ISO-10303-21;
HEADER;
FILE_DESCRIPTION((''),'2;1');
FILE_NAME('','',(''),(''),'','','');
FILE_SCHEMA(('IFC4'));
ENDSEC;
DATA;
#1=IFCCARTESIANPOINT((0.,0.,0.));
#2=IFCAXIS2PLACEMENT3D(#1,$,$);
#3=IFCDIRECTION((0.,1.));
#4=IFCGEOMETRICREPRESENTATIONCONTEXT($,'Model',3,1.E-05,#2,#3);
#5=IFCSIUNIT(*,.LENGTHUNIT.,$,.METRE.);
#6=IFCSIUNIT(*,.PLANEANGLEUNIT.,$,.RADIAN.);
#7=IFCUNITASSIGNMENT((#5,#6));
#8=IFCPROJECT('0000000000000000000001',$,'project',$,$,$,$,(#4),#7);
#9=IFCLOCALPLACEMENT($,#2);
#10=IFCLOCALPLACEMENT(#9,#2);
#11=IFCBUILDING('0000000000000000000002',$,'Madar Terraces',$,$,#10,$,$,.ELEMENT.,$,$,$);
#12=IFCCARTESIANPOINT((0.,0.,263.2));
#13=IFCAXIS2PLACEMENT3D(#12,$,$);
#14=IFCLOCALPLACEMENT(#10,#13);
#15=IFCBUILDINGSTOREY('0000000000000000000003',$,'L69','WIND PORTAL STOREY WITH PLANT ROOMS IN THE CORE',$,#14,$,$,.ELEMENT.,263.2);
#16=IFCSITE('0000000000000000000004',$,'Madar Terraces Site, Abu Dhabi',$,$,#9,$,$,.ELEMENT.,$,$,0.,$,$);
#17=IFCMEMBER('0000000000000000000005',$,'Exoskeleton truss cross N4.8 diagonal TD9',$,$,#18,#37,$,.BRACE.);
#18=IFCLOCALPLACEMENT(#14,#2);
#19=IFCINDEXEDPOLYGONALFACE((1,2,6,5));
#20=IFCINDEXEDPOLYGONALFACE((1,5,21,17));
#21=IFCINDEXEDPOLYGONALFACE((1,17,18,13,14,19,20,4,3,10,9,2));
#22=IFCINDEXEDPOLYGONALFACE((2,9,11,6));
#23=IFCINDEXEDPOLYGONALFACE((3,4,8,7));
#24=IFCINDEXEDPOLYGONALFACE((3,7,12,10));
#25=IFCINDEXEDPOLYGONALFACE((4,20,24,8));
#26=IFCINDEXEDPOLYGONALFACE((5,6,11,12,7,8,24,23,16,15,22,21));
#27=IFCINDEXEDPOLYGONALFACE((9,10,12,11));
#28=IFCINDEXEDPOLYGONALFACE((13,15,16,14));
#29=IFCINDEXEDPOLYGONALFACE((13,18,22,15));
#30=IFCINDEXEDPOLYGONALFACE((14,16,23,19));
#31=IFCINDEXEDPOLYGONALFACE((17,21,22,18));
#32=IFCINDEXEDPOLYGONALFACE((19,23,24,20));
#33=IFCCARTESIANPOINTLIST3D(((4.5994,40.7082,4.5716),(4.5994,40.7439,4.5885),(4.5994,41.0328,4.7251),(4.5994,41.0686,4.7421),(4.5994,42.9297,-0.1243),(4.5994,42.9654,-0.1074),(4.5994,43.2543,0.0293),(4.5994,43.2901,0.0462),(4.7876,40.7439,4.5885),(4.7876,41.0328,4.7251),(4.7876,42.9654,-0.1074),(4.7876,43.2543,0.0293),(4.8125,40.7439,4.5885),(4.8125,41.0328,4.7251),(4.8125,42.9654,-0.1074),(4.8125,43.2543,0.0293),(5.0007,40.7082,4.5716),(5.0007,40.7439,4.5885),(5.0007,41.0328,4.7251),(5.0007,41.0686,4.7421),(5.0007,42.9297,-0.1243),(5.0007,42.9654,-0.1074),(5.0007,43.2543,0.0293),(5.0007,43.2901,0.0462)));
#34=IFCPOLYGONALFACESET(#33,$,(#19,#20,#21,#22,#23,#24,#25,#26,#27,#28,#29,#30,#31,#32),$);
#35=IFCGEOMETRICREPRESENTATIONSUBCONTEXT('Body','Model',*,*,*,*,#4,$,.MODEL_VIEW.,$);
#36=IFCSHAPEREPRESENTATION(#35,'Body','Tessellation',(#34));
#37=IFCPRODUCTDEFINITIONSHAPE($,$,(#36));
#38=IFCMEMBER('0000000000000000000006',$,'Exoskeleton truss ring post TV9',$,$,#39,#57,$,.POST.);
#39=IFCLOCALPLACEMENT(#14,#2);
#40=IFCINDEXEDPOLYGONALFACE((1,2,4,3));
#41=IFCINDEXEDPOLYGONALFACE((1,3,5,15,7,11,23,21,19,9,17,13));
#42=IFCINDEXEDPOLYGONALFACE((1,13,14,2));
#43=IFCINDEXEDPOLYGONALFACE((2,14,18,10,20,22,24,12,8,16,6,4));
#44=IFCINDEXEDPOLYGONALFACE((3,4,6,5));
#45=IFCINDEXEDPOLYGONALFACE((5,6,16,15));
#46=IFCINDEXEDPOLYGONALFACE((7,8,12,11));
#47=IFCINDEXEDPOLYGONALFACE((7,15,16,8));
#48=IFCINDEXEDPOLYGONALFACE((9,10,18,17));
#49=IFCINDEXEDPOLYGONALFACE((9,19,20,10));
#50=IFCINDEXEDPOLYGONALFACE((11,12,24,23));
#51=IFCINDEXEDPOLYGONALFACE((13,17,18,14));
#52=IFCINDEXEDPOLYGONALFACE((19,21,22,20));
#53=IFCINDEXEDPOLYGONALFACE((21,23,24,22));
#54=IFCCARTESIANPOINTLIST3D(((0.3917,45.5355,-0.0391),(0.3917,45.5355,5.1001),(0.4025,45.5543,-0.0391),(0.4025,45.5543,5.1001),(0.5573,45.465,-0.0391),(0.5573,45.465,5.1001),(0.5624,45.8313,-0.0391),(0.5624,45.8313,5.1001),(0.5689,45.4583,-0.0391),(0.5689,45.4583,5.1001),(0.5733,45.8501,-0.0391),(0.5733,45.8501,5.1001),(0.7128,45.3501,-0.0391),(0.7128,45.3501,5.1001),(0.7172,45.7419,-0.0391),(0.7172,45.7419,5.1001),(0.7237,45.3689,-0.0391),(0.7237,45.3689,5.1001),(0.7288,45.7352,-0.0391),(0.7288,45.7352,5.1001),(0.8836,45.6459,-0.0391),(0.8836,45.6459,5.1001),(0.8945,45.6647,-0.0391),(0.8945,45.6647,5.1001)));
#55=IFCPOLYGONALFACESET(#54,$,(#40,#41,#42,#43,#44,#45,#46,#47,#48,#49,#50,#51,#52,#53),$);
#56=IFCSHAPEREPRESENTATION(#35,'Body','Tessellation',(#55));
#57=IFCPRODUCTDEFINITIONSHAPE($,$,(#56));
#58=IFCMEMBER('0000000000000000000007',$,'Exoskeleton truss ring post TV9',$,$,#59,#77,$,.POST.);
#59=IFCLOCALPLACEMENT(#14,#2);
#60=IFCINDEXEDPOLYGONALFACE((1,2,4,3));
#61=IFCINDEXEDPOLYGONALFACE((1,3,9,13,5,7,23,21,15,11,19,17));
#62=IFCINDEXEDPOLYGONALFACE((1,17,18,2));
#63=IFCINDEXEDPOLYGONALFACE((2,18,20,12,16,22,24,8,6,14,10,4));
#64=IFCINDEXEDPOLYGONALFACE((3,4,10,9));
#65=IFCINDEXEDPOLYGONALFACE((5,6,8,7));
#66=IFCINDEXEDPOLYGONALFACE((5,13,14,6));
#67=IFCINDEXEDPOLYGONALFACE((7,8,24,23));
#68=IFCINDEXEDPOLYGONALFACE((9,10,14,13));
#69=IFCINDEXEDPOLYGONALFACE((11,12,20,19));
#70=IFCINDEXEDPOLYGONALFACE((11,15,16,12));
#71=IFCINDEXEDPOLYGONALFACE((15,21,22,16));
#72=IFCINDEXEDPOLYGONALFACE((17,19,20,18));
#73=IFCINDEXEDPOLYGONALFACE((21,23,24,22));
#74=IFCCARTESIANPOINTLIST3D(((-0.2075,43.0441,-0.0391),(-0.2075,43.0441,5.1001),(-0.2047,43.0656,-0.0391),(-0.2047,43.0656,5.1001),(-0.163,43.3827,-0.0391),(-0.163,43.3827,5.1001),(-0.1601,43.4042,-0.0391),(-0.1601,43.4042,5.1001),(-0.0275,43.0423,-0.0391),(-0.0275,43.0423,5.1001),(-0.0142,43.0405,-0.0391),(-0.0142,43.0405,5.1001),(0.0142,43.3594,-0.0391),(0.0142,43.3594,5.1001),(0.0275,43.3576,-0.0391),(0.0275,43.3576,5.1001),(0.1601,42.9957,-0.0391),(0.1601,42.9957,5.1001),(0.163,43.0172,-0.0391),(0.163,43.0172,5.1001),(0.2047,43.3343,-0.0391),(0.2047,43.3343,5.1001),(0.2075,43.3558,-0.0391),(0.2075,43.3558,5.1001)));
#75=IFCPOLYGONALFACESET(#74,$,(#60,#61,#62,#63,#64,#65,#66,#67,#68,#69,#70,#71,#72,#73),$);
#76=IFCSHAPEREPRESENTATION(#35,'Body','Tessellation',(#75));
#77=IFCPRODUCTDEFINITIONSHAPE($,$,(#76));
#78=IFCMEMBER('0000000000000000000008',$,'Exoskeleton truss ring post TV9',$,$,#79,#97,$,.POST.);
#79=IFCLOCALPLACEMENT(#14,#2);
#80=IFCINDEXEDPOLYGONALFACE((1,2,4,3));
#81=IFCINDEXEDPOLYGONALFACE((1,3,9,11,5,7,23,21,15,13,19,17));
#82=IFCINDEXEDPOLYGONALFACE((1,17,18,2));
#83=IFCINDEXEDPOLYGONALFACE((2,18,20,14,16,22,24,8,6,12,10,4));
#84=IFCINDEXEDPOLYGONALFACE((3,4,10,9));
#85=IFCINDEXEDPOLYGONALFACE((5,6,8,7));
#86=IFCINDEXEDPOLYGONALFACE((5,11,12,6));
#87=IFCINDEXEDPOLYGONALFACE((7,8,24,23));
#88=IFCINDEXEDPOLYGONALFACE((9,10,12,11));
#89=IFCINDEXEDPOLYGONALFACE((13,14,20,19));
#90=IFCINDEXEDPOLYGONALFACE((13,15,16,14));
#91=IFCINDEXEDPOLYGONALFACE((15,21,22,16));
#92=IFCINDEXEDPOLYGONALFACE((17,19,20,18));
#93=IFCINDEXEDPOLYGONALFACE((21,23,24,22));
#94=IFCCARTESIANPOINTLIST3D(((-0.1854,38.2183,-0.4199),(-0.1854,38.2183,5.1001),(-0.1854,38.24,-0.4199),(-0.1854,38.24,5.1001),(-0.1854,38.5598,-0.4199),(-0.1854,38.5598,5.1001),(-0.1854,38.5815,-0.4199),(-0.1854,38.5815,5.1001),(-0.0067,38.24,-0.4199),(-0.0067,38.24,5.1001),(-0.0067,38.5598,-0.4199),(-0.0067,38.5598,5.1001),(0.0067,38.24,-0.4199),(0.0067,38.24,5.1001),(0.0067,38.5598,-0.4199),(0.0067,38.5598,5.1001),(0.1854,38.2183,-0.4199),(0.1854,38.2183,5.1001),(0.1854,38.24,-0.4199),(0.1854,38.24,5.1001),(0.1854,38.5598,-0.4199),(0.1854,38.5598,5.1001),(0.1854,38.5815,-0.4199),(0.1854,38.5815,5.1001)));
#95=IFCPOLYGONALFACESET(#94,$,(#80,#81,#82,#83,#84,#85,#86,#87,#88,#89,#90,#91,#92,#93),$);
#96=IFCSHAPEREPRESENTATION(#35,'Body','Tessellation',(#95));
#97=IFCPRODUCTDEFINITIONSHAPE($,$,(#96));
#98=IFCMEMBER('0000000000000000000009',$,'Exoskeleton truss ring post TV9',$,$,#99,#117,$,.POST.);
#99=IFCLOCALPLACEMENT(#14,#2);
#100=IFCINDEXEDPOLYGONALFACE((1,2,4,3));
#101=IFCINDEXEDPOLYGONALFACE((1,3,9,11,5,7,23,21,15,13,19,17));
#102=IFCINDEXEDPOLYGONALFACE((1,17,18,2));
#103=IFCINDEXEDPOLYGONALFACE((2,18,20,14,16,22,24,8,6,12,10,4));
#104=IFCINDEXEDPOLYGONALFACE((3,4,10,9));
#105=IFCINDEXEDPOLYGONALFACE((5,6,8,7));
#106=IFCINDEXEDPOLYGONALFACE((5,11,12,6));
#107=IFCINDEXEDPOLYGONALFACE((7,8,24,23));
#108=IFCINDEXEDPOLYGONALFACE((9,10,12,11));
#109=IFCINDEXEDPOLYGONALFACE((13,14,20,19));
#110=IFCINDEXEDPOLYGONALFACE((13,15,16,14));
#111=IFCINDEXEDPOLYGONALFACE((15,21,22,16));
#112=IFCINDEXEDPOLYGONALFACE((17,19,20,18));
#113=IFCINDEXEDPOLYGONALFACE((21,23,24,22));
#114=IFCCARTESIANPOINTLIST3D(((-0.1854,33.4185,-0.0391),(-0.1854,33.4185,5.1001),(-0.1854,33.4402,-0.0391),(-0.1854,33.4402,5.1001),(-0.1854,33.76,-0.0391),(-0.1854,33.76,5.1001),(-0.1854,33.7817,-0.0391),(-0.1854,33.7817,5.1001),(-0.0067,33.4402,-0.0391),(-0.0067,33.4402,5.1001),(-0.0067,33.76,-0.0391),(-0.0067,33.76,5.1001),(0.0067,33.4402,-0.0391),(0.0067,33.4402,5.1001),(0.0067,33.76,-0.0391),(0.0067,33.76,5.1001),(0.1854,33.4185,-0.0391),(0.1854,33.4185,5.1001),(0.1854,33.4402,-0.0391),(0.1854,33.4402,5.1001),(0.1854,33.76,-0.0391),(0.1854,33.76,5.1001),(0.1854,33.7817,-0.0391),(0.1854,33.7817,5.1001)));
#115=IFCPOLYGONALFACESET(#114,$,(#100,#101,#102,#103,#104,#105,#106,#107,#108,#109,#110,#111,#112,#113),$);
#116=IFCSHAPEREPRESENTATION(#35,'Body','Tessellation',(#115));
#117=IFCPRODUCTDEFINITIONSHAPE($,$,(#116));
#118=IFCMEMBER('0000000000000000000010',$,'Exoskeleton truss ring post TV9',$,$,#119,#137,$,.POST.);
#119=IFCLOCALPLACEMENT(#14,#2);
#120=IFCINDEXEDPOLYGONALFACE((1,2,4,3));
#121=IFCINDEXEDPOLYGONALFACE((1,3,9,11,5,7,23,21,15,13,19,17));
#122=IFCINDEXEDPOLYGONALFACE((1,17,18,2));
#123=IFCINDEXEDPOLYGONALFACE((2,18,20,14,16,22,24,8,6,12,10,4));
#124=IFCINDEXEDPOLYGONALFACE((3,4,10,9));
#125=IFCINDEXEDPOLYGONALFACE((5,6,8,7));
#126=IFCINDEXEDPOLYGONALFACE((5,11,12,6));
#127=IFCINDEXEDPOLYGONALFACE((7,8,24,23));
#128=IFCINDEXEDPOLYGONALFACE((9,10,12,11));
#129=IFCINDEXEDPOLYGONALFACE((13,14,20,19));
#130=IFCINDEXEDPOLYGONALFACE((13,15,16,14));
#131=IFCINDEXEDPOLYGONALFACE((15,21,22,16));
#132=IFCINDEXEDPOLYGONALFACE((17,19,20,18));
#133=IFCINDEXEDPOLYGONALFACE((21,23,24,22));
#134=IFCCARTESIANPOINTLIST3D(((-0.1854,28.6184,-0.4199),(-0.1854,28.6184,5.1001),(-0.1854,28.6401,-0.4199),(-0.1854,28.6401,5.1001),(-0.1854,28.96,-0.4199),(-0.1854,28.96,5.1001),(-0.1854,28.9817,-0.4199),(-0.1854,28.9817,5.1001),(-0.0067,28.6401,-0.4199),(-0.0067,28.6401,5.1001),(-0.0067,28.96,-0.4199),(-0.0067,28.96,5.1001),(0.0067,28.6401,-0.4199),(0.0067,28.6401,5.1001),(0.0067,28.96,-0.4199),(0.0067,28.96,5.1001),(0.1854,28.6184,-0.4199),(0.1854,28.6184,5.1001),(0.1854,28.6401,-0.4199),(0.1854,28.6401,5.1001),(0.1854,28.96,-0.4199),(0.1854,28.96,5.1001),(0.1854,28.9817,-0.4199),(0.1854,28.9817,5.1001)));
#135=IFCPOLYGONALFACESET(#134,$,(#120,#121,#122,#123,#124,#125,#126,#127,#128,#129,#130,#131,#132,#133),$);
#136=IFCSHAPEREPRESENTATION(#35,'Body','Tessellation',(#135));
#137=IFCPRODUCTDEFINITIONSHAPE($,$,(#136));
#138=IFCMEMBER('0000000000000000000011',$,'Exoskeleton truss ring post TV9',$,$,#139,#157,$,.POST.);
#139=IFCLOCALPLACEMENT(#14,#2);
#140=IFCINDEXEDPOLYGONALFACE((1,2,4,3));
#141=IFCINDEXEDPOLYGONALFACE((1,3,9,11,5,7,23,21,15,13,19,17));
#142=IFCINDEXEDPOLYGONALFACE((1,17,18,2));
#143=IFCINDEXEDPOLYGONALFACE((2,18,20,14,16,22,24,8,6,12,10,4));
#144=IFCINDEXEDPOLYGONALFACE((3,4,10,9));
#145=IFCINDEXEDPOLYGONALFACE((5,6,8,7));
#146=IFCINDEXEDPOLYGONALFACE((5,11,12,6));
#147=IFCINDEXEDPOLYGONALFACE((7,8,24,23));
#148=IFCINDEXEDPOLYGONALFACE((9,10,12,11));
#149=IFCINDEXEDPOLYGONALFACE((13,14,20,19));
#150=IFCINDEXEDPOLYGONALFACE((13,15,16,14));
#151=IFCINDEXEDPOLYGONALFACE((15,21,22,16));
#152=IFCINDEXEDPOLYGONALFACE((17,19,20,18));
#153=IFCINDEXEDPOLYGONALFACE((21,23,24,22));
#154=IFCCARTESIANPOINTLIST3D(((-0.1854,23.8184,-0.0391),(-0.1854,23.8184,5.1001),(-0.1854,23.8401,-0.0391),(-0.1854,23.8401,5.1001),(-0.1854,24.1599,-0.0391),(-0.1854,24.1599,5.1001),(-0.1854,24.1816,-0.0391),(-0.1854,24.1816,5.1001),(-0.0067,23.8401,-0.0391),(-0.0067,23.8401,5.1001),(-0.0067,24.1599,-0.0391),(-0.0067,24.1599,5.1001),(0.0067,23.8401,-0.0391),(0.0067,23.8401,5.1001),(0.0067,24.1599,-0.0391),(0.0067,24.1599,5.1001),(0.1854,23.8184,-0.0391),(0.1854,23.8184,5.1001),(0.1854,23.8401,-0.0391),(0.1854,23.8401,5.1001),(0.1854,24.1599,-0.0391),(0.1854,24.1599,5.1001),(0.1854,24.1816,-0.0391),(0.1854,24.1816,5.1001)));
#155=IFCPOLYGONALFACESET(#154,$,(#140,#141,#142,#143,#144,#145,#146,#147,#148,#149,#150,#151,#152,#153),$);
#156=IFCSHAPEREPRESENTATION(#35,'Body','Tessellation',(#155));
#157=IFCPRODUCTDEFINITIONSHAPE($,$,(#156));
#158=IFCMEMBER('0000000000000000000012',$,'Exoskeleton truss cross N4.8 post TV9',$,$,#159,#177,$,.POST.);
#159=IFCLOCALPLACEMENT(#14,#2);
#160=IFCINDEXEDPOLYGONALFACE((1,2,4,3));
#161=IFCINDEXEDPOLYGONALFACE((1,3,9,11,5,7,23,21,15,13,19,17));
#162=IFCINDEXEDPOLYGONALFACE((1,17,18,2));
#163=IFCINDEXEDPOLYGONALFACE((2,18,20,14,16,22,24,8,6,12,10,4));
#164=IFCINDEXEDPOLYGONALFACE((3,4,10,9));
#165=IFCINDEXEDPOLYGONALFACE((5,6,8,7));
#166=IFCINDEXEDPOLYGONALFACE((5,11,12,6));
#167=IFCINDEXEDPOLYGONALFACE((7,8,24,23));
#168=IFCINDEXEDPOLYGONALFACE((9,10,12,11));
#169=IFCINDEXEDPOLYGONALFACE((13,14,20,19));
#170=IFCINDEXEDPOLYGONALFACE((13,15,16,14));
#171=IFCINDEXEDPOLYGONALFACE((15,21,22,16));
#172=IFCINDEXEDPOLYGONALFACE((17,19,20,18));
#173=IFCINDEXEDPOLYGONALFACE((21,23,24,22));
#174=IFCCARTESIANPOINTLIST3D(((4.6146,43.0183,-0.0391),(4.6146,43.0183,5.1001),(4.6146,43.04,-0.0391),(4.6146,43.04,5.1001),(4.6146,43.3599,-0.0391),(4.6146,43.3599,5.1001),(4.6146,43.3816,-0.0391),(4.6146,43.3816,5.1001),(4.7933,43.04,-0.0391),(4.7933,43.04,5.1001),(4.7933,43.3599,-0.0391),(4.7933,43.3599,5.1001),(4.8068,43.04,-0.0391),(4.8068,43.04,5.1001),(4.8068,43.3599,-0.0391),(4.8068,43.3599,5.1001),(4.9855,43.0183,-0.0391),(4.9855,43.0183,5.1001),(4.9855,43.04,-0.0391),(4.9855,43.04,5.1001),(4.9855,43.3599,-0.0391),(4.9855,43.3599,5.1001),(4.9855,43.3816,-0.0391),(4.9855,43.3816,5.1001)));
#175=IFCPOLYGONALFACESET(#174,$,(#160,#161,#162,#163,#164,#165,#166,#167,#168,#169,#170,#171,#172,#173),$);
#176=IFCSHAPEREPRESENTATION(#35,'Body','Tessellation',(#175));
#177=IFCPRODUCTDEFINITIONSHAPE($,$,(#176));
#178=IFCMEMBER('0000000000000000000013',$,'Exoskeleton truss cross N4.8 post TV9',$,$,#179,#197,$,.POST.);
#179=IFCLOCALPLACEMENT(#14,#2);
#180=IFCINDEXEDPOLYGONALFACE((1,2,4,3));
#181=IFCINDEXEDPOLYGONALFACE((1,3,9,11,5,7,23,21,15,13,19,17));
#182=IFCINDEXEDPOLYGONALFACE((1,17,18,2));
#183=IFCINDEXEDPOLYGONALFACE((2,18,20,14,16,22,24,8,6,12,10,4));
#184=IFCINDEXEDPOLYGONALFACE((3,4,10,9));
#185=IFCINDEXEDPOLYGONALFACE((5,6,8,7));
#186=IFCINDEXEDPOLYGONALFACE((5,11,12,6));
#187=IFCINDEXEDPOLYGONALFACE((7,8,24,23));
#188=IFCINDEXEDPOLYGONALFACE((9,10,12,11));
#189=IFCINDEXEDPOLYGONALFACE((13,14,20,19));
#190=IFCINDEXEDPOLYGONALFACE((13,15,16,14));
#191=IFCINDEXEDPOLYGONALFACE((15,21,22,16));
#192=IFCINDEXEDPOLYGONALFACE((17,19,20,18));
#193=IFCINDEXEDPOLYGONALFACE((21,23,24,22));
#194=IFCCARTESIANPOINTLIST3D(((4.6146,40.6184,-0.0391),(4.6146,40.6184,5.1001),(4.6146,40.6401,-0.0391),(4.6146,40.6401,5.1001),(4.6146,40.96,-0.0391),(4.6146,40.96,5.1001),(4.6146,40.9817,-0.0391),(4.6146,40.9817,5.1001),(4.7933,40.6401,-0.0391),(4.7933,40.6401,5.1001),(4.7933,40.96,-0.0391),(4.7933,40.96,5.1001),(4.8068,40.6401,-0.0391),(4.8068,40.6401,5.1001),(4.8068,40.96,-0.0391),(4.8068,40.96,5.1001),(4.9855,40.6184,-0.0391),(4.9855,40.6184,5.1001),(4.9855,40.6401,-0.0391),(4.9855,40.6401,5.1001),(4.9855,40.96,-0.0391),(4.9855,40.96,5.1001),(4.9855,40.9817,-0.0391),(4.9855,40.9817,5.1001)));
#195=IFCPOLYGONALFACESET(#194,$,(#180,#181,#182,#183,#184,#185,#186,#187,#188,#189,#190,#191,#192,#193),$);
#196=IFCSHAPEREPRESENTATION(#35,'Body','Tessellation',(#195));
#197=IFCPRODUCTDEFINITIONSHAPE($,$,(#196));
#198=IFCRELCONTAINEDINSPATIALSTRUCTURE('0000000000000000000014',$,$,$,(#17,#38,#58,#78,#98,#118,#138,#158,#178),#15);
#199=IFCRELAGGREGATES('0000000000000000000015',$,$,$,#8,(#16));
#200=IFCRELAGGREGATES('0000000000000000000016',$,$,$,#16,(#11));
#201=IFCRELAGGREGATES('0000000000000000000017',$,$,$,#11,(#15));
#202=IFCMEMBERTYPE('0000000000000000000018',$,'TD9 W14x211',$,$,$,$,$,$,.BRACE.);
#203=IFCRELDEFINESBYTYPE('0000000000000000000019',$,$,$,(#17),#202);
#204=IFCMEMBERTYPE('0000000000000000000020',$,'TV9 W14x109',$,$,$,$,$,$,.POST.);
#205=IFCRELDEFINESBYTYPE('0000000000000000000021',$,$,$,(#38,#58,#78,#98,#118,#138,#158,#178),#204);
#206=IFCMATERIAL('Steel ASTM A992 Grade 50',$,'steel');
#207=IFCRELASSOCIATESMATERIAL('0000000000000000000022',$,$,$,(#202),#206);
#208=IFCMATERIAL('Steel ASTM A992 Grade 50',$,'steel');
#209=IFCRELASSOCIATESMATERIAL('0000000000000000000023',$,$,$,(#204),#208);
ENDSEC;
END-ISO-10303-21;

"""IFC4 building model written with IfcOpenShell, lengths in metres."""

from ifc_helpers import new_model, si_unit, direction, frame, origin, origin_2d, place, context, subcontext, project, spatial, i_section, extrude, material, material_profile, profile_set, type_object, element, save


model = new_model("IFC4")

# Units and contexts
model_context = context("Model", 3, precision=1e-05, world=origin(), true_north=direction((0.0, 1.0)))
body_context = subcontext(model_context, "Body", "Model", "MODEL_VIEW")
ifc_project = project(units=[si_unit("LENGTHUNIT", "METRE"), si_unit("PLANEANGLEUNIT", "RADIAN")], contexts=[model_context])

# Site, building, storey
site_placement = place(None, origin())
site = spatial("IfcSite", under=ifc_project, at=site_placement, Name="Madar Terraces Site, Abu Dhabi", CompositionType="ELEMENT", RefElevation=0.0)
building_placement = place(site_placement, origin())
building = spatial("IfcBuilding", under=site, at=building_placement, Name="Madar Terraces", CompositionType="ELEMENT")
storey_placement = place(building_placement, frame((0.0, 0.0, 263.2)))
storey = spatial("IfcBuildingStorey", under=building, at=storey_placement, Name="L69", Description="WIND PORTAL STOREY WITH PLANT ROOMS IN THE CORE", CompositionType="ELEMENT", Elevation=263.2)

# Members
ifc_material_1 = material(Name="Steel ASTM A992 Grade 50", Category="steel")
ifc_material_profile_1 = material_profile(ifc_material_1, i_section(OverallWidth=0.4014, OverallDepth=0.3987, WebThickness=0.0249, FlangeThickness=0.0396, at=origin_2d()), Name="W14x211")
ifc_profile_set_1 = profile_set([ifc_material_profile_1], Name="Steel ASTM A992 Grade 50")
member_type_1 = type_object("IfcMemberType", Name="TD9 W14x211", PredefinedType="BRACE", material=ifc_profile_set_1)
member_1_placement = place(storey_placement, frame((4.8, 43.1099, -0.0391), z_axis=(0.0, -0.427632, 0.903953), x_axis=(1.0, 0.0, 0.0)))
element("IfcMember", 1, at=member_1_placement, inside=storey, type_object=member_type_1, Name="Exoskeleton truss cross N4.8 diagonal TD9", PredefinedType="BRACE", context=body_context, shape_type="SweptSolid", body=[
    extrude(i_section(OverallWidth=0.4014, OverallDepth=0.3987, WebThickness=0.0249, FlangeThickness=0.0396, at=origin_2d()), origin(), (0.0, 0.0, 1.0), 5.1948),
])
ifc_material_2 = material(Name="Steel ASTM A992 Grade 50", Category="steel")
ifc_material_profile_2 = material_profile(ifc_material_2, i_section(OverallWidth=0.3708, OverallDepth=0.3633, WebThickness=0.0134, FlangeThickness=0.0217, at=origin_2d()), Name="W14x109")
ifc_profile_set_2 = profile_set([ifc_material_profile_2], Name="Steel ASTM A992 Grade 50")
member_type_2 = type_object("IfcMemberType", Name="TV9 W14x109", PredefinedType="POST", material=ifc_profile_set_2)
for number, where, z_axis, x_axis, name in (
    (2, (0.6431, 45.6001, -0.0391), (0.0, 0.0, 1.0), (0.866025, -0.5, 0.0), "Exoskeleton truss ring post TV9"),
    (3, (0.0, 43.2, -0.0391), (0.0, 0.0, 1.0), (0.991445, -0.130526, 0.0), "Exoskeleton truss ring post TV9"),
):
    element("IfcMember", number, at=place(storey_placement, frame(where, z_axis=z_axis, x_axis=x_axis)), inside=storey, type_object=member_type_2, Name=name, PredefinedType="POST", context=body_context, shape_type="SweptSolid", body=[
        extrude(i_section(OverallWidth=0.3708, OverallDepth=0.3633, WebThickness=0.0134, FlangeThickness=0.0217, at=origin_2d()), origin(), (0.0, 0.0, 1.0), 5.1392),
    ])
member_2_placement = place(storey_placement, frame((0.0, 38.3999, -0.4199), z_axis=(0.0, 0.0, 1.0), x_axis=(1.0, 0.0, 0.0)))
element("IfcMember", 4, at=member_2_placement, inside=storey, type_object=member_type_2, Name="Exoskeleton truss ring post TV9", PredefinedType="POST", context=body_context, shape_type="SweptSolid", body=[
    extrude(i_section(OverallWidth=0.3708, OverallDepth=0.3633, WebThickness=0.0134, FlangeThickness=0.0217, at=origin_2d()), origin(), (0.0, 0.0, 1.0), 5.52),
])
member_3_placement = place(storey_placement, frame((0.0, 33.6001, -0.0391), z_axis=(0.0, 0.0, 1.0), x_axis=(1.0, 0.0, 0.0)))
element("IfcMember", 5, at=member_3_placement, inside=storey, type_object=member_type_2, Name="Exoskeleton truss ring post TV9", PredefinedType="POST", context=body_context, shape_type="SweptSolid", body=[
    extrude(i_section(OverallWidth=0.3708, OverallDepth=0.3633, WebThickness=0.0134, FlangeThickness=0.0217, at=origin_2d()), origin(), (0.0, 0.0, 1.0), 5.1392),
])
member_4_placement = place(storey_placement, frame((0.0, 28.8, -0.4199), z_axis=(0.0, 0.0, 1.0), x_axis=(1.0, 0.0, 0.0)))
element("IfcMember", 6, at=member_4_placement, inside=storey, type_object=member_type_2, Name="Exoskeleton truss ring post TV9", PredefinedType="POST", context=body_context, shape_type="SweptSolid", body=[
    extrude(i_section(OverallWidth=0.3708, OverallDepth=0.3633, WebThickness=0.0134, FlangeThickness=0.0217, at=origin_2d()), origin(), (0.0, 0.0, 1.0), 5.52),
])
for number, where, z_axis, x_axis, name in (
    (7, (0.0, 24.0, -0.0391), (0.0, 0.0, 1.0), (1.0, 0.0, 0.0), "Exoskeleton truss ring post TV9"),
    (8, (4.8, 43.2, -0.0391), (0.0, 0.0, 1.0), (-1.0, 0.0, 0.0), "Exoskeleton truss cross N4.8 post TV9"),
    (9, (4.8, 40.8, -0.0391), (0.0, 0.0, 1.0), (-1.0, 0.0, 0.0), "Exoskeleton truss cross N4.8 post TV9"),
):
    element("IfcMember", number, at=place(storey_placement, frame(where, z_axis=z_axis, x_axis=x_axis)), inside=storey, type_object=member_type_2, Name=name, PredefinedType="POST", context=body_context, shape_type="SweptSolid", body=[
        extrude(i_section(OverallWidth=0.3708, OverallDepth=0.3633, WebThickness=0.0134, FlangeThickness=0.0217, at=origin_2d()), origin(), (0.0, 0.0, 1.0), 5.1392),
    ])

save(model, "model.ifc")
